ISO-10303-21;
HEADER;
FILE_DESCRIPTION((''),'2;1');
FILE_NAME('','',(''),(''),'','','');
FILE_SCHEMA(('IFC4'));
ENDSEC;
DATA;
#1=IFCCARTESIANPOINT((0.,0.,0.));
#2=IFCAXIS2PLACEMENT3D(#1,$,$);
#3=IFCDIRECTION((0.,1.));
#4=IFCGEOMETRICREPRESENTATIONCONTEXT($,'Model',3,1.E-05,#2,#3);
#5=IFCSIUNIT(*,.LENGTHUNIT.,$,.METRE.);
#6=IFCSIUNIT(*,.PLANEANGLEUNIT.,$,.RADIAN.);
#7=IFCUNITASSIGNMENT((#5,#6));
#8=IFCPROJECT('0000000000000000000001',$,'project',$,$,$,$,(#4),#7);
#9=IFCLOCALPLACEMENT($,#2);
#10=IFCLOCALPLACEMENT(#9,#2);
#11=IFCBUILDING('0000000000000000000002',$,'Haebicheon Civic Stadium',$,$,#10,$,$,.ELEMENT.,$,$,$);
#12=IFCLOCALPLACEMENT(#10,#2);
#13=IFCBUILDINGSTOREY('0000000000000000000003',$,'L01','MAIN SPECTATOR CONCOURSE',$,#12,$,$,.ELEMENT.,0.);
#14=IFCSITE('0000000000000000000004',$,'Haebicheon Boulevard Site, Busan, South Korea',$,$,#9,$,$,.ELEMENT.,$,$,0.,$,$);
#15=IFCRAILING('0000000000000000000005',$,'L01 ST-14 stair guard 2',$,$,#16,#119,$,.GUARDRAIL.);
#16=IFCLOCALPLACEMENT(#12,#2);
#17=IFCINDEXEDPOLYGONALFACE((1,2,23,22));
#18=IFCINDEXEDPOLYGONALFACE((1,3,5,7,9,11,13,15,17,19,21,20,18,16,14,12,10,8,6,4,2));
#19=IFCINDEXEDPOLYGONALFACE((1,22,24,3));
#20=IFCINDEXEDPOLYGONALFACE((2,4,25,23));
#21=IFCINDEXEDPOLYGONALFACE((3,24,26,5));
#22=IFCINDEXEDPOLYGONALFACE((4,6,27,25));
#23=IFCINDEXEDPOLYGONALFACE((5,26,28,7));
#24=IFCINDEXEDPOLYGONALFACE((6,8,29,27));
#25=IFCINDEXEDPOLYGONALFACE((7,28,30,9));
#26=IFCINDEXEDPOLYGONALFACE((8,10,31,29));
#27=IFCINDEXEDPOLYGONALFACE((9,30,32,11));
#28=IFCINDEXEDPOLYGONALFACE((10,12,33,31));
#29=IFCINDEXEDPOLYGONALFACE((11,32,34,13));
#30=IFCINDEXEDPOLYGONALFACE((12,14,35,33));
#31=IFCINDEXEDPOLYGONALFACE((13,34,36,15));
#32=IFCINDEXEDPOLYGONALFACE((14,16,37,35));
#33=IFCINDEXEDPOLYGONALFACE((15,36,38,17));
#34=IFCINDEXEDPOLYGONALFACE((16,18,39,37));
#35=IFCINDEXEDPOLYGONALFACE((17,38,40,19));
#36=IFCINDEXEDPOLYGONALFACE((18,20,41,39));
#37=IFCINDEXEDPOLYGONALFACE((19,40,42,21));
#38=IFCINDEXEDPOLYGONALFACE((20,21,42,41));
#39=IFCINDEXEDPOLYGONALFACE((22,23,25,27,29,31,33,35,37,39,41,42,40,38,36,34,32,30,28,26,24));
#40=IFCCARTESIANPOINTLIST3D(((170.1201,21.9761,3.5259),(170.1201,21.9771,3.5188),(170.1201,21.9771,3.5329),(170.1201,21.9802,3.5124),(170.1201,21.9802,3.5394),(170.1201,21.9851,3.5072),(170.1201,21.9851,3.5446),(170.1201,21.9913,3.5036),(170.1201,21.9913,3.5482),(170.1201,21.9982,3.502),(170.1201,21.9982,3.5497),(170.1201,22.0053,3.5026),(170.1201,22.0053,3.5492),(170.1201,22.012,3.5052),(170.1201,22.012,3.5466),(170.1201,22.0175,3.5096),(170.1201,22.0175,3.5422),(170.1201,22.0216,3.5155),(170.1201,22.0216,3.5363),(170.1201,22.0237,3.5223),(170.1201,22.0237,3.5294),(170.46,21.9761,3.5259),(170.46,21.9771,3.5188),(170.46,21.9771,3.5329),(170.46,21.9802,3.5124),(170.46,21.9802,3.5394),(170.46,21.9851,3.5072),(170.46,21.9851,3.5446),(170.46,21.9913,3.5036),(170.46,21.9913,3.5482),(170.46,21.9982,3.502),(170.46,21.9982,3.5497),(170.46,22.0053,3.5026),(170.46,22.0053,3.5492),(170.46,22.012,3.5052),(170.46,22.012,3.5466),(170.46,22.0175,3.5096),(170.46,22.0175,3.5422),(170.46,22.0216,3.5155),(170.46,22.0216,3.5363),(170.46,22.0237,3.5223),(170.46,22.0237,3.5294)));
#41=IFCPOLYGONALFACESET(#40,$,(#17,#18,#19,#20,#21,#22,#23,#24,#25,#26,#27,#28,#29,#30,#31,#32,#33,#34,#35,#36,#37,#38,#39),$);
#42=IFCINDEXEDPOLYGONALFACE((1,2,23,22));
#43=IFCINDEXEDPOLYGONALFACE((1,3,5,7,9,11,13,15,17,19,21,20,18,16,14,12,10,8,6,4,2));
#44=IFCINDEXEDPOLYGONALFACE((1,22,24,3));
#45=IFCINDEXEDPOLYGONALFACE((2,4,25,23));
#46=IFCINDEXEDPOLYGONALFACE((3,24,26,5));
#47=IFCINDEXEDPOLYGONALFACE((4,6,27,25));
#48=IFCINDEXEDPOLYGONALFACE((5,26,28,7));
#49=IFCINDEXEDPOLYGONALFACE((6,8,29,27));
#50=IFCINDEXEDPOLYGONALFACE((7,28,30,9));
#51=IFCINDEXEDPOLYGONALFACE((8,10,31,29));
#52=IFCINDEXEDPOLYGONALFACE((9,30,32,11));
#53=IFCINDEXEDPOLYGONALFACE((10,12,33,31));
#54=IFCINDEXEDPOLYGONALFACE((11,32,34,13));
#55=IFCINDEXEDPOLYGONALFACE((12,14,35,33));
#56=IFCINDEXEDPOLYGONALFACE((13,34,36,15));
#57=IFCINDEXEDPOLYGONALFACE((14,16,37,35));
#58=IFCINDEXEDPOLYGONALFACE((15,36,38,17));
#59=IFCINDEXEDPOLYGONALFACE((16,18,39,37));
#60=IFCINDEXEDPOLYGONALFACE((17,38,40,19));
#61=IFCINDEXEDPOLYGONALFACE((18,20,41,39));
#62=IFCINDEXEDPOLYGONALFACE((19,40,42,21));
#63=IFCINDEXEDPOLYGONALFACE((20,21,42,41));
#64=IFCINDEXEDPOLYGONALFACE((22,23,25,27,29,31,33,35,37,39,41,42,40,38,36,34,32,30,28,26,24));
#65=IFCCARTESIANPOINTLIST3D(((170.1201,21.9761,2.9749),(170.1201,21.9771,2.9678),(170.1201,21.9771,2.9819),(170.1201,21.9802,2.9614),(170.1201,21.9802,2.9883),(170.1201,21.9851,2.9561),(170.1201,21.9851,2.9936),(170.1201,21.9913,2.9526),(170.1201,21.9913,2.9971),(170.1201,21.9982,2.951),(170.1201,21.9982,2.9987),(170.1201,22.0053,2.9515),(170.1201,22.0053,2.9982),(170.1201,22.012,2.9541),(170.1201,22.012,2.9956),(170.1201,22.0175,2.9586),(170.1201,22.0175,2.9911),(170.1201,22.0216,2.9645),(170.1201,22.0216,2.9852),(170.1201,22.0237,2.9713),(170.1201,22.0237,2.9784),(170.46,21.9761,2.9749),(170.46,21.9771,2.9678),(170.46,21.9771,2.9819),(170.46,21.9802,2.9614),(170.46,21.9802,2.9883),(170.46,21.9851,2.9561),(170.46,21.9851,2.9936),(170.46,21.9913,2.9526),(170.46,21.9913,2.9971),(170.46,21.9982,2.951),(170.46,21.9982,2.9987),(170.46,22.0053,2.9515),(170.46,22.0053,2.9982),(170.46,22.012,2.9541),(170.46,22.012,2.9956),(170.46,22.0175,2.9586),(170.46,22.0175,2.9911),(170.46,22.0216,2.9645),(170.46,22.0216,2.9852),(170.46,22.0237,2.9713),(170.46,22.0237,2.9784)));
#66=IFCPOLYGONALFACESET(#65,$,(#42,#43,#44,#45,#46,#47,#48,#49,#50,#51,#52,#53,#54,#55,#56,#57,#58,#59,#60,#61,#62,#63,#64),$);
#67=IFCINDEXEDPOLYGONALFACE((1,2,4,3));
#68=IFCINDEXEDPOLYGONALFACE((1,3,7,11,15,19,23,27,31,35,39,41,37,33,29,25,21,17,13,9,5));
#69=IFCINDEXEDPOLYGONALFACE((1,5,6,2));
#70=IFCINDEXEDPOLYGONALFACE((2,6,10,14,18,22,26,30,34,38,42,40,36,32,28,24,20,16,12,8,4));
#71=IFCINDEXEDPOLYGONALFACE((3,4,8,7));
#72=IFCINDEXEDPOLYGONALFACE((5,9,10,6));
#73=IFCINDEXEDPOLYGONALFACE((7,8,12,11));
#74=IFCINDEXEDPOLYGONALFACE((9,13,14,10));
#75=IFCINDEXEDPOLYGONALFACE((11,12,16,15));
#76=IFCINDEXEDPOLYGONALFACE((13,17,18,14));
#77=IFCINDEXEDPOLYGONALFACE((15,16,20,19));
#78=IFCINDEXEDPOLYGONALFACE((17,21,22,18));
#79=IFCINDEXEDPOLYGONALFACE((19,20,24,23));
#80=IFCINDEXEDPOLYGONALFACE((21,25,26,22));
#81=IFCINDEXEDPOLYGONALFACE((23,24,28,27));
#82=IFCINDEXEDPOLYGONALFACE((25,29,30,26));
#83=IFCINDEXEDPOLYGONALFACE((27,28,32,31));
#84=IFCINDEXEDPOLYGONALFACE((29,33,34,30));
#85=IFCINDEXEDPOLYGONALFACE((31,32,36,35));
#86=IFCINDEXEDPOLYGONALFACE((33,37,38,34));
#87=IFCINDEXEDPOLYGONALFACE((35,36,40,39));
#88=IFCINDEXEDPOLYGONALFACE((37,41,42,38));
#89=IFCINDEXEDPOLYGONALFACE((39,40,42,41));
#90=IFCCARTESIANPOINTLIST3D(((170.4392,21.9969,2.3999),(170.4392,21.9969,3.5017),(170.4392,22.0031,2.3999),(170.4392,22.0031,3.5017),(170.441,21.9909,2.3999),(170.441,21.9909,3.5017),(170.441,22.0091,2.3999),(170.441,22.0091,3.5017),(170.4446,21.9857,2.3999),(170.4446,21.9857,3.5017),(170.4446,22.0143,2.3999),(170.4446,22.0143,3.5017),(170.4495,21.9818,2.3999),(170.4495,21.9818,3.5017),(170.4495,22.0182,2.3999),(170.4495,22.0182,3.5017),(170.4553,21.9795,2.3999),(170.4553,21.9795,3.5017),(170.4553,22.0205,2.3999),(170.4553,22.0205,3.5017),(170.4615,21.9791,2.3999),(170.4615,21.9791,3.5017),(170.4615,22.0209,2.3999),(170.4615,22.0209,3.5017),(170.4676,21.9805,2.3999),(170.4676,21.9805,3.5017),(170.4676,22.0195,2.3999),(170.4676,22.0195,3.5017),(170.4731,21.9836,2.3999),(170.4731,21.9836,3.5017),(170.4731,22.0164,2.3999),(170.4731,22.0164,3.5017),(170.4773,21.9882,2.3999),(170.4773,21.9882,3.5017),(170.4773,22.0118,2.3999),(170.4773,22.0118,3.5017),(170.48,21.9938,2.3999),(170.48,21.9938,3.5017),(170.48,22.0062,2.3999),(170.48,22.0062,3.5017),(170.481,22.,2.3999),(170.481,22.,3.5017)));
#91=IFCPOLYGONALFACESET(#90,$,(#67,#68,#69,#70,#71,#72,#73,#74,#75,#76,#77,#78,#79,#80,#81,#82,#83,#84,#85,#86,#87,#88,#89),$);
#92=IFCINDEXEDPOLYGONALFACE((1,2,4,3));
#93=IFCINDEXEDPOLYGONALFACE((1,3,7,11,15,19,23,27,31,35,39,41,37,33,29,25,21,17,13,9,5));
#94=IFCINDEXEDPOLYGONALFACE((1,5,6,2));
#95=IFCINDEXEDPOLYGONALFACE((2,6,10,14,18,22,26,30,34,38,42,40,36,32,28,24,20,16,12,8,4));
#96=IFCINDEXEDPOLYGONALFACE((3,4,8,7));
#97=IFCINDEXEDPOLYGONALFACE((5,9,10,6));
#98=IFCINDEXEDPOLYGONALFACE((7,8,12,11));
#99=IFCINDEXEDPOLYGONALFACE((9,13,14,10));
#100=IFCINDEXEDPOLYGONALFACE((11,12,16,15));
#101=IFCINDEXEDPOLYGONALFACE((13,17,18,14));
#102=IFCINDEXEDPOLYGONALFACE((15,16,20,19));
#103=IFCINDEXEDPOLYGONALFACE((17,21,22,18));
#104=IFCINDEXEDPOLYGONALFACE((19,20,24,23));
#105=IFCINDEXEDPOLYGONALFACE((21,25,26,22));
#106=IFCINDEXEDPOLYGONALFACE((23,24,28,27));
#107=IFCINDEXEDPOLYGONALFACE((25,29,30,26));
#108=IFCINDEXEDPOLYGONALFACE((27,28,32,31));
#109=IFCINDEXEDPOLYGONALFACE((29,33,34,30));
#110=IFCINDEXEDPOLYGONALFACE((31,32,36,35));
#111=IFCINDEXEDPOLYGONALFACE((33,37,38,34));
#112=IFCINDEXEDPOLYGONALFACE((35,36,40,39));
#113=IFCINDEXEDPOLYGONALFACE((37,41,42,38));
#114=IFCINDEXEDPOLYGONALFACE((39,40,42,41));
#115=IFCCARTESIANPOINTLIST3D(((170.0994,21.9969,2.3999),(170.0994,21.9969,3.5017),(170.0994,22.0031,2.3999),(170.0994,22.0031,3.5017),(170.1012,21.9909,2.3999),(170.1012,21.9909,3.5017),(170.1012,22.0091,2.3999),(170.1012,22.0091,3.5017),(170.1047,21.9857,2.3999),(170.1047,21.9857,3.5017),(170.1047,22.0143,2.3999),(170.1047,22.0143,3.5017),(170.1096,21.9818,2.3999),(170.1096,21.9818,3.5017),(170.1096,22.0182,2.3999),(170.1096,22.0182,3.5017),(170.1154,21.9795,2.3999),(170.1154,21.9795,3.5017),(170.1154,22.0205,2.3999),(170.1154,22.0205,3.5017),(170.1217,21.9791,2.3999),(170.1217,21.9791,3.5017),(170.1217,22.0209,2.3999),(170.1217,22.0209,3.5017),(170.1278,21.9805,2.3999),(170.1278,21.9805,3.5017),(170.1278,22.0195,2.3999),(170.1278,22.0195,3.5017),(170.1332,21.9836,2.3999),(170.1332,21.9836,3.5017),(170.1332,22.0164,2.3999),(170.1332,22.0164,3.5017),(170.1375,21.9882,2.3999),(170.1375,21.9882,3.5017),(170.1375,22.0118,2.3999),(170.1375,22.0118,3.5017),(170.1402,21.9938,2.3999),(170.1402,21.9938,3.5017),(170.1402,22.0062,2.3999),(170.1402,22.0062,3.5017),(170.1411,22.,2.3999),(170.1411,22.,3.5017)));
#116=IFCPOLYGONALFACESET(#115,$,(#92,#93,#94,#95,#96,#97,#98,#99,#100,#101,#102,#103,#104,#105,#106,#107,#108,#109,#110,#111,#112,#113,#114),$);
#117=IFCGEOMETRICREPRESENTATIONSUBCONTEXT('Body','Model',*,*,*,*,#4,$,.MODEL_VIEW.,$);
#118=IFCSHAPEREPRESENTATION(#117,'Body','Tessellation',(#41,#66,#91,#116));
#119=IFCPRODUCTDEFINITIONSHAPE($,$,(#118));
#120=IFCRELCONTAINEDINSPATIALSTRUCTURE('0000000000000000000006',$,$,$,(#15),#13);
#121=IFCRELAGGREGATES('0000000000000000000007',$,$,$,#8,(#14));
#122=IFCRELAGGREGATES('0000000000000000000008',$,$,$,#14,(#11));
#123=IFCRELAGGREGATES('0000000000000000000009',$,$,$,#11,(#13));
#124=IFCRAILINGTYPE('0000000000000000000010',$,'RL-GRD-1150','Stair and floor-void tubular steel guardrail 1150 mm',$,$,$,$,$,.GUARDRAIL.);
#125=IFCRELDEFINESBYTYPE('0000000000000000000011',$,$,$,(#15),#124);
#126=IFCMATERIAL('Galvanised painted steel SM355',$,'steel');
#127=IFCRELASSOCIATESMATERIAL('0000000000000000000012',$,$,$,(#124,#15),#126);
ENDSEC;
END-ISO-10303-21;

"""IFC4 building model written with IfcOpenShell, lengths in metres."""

from ifc_helpers import new_model, si_unit, direction, frame, origin, origin_2d, place, context, subcontext, project, spatial, circle, extrude, material, type_object, element, save


model = new_model("IFC4")

# Units and contexts
model_context = context("Model", 3, precision=1e-05, world=origin(), true_north=direction((0.0, 1.0)))
body_context = subcontext(model_context, "Body", "Model", "MODEL_VIEW")
ifc_project = project(units=[si_unit("LENGTHUNIT", "METRE"), si_unit("PLANEANGLEUNIT", "RADIAN")], contexts=[model_context])

# Site, building, storey
site_placement = place(None, origin())
site = spatial("IfcSite", under=ifc_project, at=site_placement, Name="Haebicheon Boulevard Site, Busan, South Korea", CompositionType="ELEMENT", RefElevation=0.0)
building_placement = place(site_placement, origin())
building = spatial("IfcBuilding", under=site, at=building_placement, Name="Haebicheon Civic Stadium", CompositionType="ELEMENT")
storey_placement = place(building_placement, origin())
storey = spatial("IfcBuildingStorey", under=building, at=storey_placement, Name="L01", Description="MAIN SPECTATOR CONCOURSE", CompositionType="ELEMENT", Elevation=0.0)

# Railing
ifc_material_1 = material(Name="Galvanised painted steel SM355", Category="steel")
railing_type_1 = type_object("IfcRailingType", Name="RL-GRD-1150", Description="Stair and floor-void tubular steel guardrail 1150 mm", PredefinedType="GUARDRAIL", material=ifc_material_1)
railing_1_placement = place(storey_placement, frame((170.46, 22.0, 2.3999)))
element("IfcRailing", 1, at=railing_1_placement, inside=storey, type_object=railing_type_1, material=ifc_material_1, Name="L01 ST-14 stair guard 2", PredefinedType="GUARDRAIL", context=body_context, shape_type="SweptSolid", body=[
    extrude(circle(Radius=0.0239, at=origin_2d()), frame((0.0, 0.0, 1.126), z_axis=(-1.0, 0.0, 0.0), x_axis=(0.0, -1.0, 0.0)), (0.0, 0.0, 1.0), 0.3398),
    extrude(circle(Radius=0.0239, at=origin_2d()), frame((0.0, 0.0, 0.575), z_axis=(-1.0, 0.0, 0.0), x_axis=(0.0, -1.0, 0.0)), (0.0, 0.0, 1.0), 0.3398),
    extrude(circle(Radius=0.021, at=origin_2d()), origin(), (0.0, 0.0, 1.0), 1.1018),
    extrude(circle(Radius=0.021, at=origin_2d()), frame((-0.3398, 0.0, 0.0)), (0.0, 0.0, 1.0), 1.1018),
])

save(model, "model.ifc")
